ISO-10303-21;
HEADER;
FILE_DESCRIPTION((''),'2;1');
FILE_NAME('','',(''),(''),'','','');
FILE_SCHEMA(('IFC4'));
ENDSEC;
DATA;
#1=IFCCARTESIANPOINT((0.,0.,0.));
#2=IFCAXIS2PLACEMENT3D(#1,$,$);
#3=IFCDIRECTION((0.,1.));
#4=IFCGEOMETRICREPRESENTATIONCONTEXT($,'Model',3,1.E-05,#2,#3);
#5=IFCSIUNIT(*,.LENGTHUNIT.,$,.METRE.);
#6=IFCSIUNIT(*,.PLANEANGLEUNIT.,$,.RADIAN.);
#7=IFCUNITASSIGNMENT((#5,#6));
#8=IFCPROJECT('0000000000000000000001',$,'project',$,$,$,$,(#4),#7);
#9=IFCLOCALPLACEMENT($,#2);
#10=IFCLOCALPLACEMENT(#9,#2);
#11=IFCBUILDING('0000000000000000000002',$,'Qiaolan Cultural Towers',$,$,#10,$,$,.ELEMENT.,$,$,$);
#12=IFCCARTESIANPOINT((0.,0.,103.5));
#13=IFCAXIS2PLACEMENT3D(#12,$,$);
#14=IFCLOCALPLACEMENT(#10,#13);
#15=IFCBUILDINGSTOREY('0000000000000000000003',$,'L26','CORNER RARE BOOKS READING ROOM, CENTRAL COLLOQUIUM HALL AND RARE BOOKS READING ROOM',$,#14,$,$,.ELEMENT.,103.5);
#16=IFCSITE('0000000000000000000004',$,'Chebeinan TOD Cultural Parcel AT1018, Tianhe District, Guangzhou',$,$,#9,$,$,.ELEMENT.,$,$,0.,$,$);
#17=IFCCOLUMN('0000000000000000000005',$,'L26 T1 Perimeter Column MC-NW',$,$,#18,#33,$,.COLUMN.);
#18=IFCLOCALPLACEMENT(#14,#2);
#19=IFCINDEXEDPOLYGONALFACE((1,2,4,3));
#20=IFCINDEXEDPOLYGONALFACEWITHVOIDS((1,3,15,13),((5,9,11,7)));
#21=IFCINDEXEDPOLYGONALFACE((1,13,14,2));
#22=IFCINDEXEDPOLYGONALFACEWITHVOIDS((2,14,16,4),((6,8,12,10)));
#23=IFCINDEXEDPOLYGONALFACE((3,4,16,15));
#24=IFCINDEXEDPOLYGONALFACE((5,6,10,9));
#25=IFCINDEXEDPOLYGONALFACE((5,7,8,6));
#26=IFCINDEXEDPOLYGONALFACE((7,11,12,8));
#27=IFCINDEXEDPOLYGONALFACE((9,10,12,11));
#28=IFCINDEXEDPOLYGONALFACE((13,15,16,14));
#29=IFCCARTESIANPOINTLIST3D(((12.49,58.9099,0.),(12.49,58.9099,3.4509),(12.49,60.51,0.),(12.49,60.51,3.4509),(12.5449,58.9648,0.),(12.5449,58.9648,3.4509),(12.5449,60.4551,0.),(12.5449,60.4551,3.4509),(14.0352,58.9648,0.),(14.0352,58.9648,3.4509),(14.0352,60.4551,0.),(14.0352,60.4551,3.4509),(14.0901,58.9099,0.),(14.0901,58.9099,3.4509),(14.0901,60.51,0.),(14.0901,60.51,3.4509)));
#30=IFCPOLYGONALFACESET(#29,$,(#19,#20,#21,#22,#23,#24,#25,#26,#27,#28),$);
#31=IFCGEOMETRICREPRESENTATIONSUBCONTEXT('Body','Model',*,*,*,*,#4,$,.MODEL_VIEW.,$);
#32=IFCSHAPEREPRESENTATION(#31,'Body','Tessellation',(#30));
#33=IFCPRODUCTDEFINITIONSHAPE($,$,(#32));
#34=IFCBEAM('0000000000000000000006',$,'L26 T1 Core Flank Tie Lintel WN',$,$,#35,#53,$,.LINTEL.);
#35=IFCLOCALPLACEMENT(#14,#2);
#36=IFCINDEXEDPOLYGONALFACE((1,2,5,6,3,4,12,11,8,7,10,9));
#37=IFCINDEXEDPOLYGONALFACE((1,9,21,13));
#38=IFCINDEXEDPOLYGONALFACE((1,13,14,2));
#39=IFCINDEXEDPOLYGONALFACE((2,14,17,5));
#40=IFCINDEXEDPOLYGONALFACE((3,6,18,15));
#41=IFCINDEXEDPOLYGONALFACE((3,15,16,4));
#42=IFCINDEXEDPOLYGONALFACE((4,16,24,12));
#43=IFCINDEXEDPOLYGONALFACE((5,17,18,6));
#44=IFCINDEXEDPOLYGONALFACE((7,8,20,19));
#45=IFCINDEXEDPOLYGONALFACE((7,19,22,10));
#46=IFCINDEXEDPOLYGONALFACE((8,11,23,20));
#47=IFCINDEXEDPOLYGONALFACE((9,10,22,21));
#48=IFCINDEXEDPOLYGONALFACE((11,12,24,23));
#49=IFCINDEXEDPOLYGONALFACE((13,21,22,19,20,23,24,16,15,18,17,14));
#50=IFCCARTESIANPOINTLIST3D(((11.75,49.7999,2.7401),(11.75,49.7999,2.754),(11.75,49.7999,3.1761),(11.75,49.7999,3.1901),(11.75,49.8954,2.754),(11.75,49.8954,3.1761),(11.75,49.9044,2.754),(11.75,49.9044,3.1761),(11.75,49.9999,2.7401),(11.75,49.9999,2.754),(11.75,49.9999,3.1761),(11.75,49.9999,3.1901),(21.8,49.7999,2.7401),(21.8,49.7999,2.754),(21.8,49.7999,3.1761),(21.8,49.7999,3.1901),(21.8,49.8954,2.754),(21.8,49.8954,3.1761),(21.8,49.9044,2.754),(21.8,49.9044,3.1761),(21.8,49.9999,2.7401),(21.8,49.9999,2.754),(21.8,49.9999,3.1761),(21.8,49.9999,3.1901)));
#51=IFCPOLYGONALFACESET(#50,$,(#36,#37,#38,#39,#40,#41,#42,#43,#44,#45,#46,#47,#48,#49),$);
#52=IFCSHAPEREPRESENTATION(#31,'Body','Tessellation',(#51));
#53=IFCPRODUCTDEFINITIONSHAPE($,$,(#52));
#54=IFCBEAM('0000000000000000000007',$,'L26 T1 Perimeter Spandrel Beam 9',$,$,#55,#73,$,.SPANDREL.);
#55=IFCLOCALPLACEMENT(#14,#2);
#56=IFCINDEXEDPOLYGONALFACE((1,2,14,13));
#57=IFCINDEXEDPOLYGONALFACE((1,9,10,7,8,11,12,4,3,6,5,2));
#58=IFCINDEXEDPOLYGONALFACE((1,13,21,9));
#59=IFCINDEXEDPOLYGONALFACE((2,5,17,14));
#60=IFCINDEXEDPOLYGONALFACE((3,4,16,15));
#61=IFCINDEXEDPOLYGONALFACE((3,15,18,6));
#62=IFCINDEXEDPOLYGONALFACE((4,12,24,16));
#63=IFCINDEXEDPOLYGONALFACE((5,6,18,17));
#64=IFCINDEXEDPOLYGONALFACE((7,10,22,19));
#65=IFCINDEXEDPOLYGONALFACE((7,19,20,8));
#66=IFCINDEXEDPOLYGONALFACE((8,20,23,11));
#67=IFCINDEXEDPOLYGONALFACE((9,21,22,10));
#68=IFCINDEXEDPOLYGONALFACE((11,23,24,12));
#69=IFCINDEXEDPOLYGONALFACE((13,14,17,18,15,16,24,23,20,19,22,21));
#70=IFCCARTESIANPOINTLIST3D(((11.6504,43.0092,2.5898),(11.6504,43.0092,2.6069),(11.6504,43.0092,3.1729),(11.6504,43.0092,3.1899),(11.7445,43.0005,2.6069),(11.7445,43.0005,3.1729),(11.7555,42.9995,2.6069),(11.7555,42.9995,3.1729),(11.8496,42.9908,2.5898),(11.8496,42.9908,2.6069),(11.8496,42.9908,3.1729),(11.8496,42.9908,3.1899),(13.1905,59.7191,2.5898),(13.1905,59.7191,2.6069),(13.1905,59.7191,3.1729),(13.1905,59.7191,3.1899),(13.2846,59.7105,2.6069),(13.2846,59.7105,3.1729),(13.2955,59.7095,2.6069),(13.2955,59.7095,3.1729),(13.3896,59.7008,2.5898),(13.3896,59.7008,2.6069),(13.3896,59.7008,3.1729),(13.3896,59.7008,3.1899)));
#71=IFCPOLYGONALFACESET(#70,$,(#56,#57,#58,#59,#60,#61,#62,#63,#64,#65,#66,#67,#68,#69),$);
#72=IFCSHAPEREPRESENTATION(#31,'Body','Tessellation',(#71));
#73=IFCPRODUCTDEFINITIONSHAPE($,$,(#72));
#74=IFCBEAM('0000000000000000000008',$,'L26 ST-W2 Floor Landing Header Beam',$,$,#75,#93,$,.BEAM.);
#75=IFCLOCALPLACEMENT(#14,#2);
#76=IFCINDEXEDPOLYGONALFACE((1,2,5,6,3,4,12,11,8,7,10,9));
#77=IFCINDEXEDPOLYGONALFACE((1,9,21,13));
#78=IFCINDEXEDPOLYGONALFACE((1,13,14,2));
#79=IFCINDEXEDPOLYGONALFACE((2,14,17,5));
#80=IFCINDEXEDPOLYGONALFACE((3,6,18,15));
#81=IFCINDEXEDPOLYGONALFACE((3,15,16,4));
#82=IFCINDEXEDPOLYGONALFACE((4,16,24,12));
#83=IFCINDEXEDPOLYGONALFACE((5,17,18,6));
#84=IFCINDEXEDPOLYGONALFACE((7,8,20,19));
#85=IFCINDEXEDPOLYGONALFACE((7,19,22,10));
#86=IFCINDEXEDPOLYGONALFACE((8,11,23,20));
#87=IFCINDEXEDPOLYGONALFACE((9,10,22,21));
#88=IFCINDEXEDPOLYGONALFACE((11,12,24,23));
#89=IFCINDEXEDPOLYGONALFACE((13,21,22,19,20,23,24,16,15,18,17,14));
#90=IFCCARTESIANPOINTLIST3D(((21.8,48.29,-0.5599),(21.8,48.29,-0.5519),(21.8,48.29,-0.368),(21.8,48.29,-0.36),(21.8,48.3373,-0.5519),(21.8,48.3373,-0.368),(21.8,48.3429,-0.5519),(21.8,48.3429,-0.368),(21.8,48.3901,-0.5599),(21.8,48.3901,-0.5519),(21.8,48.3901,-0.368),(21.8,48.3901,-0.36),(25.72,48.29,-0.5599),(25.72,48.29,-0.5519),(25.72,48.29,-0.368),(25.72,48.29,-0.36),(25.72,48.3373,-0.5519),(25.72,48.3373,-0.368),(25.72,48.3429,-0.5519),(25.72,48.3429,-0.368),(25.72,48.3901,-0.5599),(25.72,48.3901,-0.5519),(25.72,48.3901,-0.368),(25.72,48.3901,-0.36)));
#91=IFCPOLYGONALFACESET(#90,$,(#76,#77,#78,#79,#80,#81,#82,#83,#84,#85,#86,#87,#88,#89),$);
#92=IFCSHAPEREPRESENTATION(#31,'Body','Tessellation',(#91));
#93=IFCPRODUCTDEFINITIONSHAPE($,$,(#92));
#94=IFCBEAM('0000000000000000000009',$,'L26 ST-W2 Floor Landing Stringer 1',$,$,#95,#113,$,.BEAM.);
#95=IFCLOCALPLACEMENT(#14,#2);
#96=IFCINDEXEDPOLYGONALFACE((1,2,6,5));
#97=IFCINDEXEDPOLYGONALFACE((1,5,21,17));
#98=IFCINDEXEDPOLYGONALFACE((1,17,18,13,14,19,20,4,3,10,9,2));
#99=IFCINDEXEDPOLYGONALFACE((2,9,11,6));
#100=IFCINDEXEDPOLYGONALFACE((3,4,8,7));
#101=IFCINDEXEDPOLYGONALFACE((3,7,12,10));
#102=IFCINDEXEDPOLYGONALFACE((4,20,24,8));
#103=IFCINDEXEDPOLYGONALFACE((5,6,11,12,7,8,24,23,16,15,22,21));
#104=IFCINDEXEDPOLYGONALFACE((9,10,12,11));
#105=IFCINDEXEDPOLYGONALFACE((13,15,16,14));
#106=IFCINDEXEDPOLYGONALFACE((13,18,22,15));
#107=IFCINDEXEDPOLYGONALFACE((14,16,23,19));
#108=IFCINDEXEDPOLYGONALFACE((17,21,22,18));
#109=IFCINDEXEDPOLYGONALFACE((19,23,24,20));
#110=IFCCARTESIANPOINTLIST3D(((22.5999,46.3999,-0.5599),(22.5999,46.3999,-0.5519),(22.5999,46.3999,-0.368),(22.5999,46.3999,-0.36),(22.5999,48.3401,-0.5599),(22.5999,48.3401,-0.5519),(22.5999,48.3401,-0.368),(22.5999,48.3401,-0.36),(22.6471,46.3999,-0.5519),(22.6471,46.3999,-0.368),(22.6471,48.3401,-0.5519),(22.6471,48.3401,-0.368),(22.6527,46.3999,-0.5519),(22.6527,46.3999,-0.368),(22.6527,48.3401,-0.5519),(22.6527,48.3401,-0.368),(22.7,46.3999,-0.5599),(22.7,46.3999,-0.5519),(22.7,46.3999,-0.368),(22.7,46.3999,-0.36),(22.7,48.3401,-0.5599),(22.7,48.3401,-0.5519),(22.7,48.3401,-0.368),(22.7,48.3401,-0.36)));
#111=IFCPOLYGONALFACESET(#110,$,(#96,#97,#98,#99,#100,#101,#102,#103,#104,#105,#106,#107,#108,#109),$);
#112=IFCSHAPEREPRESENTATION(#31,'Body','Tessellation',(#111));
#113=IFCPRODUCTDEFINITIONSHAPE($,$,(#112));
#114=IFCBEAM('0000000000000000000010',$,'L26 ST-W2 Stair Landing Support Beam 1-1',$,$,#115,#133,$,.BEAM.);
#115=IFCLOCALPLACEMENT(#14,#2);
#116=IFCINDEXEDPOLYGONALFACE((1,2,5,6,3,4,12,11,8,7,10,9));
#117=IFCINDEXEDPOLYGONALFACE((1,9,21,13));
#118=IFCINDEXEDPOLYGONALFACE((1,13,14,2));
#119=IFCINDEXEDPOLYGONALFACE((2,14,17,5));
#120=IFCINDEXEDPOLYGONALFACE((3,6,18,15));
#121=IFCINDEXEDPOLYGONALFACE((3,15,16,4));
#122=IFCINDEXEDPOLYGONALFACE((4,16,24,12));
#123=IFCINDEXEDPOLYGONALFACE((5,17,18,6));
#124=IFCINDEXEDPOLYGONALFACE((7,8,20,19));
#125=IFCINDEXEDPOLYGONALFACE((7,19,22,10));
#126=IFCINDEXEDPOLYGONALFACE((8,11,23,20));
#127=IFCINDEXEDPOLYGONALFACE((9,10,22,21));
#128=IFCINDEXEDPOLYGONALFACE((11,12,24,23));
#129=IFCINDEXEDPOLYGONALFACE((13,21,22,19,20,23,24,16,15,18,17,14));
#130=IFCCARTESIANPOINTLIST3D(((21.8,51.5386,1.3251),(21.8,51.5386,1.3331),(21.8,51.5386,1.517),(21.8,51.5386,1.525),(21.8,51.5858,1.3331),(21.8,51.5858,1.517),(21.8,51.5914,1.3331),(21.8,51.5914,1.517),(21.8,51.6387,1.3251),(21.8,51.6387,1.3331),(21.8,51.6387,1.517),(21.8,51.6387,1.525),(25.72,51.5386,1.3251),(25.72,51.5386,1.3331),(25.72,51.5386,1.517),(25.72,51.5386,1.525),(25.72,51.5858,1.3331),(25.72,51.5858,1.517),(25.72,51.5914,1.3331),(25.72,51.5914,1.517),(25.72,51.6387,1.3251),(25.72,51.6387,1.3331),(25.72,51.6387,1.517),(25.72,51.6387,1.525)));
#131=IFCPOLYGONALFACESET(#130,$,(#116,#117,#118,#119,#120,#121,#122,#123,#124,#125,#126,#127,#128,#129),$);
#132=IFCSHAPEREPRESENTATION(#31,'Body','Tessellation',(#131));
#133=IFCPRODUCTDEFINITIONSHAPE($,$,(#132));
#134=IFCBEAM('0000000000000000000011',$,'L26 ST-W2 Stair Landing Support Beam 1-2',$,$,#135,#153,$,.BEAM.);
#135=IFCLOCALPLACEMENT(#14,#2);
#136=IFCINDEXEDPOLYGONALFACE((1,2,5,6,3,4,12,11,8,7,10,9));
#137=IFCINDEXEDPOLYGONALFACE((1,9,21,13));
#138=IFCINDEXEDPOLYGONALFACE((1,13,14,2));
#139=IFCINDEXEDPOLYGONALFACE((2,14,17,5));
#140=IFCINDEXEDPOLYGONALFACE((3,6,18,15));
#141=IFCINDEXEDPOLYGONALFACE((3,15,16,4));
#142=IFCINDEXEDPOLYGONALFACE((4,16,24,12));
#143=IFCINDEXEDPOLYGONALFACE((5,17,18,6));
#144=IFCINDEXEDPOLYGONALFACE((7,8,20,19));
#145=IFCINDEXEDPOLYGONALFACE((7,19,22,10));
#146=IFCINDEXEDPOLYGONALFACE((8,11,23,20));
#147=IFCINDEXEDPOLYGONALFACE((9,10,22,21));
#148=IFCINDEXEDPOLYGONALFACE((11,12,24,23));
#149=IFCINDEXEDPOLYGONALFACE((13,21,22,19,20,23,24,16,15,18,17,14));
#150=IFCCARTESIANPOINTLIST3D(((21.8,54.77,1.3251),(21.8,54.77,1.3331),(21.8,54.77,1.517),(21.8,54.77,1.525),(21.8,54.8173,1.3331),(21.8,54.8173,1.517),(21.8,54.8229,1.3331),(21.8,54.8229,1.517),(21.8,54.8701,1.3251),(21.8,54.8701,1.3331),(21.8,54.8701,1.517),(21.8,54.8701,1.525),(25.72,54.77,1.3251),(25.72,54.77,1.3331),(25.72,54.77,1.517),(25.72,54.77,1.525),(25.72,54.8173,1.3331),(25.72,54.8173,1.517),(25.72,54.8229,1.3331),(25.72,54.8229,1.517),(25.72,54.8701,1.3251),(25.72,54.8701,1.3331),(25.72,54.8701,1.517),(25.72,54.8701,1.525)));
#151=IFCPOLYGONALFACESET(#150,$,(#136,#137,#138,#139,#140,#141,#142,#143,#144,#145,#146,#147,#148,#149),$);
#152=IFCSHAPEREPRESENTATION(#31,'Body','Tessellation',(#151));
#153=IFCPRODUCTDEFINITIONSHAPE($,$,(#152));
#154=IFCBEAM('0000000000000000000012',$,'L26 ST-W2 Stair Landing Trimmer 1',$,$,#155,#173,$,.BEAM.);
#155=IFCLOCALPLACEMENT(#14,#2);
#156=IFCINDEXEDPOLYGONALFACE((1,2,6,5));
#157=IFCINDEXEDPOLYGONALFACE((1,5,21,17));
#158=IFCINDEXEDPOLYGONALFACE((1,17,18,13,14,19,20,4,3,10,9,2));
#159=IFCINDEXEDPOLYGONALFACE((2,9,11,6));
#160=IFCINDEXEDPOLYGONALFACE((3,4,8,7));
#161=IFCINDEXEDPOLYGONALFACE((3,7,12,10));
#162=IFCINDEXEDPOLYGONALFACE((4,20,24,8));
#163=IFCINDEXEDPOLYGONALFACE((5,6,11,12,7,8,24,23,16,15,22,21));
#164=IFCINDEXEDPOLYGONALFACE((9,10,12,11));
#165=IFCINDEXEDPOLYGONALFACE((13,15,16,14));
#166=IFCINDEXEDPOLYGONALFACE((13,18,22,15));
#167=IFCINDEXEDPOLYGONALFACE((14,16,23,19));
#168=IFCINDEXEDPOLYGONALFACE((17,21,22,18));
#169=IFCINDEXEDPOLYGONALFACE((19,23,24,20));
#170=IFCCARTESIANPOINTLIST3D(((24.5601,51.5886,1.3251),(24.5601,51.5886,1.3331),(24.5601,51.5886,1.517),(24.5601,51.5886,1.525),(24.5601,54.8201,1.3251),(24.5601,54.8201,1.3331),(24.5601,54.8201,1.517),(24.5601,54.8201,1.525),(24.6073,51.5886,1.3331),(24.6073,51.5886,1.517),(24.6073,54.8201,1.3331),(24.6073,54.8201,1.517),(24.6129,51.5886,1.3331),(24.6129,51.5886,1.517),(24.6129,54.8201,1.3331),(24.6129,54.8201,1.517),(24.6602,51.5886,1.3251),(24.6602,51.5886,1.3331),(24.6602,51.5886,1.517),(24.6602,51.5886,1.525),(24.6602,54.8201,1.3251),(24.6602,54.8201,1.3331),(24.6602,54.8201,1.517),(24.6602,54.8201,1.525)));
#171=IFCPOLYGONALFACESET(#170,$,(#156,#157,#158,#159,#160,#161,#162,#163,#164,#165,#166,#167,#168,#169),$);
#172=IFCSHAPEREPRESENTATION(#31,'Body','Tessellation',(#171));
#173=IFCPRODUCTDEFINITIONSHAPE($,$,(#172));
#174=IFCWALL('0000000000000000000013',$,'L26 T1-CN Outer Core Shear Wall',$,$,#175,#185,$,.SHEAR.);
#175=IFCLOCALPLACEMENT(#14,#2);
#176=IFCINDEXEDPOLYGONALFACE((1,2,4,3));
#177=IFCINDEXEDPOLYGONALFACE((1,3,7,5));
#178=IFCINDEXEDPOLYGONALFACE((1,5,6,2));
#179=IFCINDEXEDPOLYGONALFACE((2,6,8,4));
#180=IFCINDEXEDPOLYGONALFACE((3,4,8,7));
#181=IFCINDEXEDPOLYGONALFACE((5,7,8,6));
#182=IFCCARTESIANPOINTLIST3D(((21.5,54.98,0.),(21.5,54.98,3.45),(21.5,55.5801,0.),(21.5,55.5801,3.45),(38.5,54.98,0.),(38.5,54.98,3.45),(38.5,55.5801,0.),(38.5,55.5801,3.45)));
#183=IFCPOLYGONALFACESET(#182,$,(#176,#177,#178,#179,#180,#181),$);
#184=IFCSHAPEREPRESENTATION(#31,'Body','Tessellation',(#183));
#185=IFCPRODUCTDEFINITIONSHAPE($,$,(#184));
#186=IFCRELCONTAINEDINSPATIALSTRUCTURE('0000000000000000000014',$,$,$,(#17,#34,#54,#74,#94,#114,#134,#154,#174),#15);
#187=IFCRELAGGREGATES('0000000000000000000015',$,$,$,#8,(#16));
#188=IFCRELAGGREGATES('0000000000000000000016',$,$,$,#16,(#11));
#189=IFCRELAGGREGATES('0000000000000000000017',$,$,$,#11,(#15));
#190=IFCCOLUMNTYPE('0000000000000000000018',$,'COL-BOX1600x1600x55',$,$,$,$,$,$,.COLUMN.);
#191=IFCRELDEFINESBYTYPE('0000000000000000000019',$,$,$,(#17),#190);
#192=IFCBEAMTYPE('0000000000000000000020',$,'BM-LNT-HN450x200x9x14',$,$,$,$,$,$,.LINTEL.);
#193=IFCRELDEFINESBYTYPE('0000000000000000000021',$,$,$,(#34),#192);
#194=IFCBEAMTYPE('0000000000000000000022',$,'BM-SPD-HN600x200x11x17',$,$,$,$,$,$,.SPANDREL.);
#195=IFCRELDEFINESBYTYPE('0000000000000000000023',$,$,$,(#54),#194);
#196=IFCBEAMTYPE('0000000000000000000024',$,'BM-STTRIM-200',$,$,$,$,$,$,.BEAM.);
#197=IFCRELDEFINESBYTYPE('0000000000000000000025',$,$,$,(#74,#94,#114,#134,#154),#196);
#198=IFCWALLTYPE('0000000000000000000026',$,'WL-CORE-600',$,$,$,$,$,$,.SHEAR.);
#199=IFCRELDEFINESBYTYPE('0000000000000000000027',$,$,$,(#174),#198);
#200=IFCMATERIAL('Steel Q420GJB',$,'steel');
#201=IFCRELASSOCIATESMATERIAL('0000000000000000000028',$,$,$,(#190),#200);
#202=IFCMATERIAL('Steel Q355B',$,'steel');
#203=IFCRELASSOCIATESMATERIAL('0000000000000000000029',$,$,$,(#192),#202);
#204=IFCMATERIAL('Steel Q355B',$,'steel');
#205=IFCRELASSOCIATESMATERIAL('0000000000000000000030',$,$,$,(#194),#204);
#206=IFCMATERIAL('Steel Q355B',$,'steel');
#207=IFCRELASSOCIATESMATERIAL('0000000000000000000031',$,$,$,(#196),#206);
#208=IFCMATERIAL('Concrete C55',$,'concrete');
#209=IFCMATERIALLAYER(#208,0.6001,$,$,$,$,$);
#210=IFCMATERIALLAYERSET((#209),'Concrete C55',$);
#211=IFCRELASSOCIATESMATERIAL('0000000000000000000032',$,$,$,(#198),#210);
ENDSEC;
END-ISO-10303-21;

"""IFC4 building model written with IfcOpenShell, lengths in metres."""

from ifc_helpers import new_model, si_unit, direction, frame, frame_2d, origin, origin_2d, place, context, subcontext, project, spatial, rectangle, hollow_rectangle, i_section, extrude, material, layer, layer_set, material_profile, profile_set, type_object, element, save


model = new_model("IFC4")

# Units and contexts
model_context = context("Model", 3, precision=1e-05, world=origin(), true_north=direction((0.0, 1.0)))
body_context = subcontext(model_context, "Body", "Model", "MODEL_VIEW")
ifc_project = project(units=[si_unit("LENGTHUNIT", "METRE"), si_unit("PLANEANGLEUNIT", "RADIAN")], contexts=[model_context])

# Site, building, storey
site_placement = place(None, origin())
site = spatial("IfcSite", under=ifc_project, at=site_placement, Name="Chebeinan TOD Cultural Parcel AT1018, Tianhe District, Guangzhou", CompositionType="ELEMENT", RefElevation=0.0)
building_placement = place(site_placement, origin())
building = spatial("IfcBuilding", under=site, at=building_placement, Name="Qiaolan Cultural Towers", CompositionType="ELEMENT")
storey_placement = place(building_placement, frame((0.0, 0.0, 103.5)))
storey = spatial("IfcBuildingStorey", under=building, at=storey_placement, Name="L26", Description="CORNER RARE BOOKS READING ROOM, CENTRAL COLLOQUIUM HALL AND RARE BOOKS READING ROOM", CompositionType="ELEMENT", Elevation=103.5)

# Column
ifc_material_1 = material(Name="Steel Q420GJB", Category="steel")
ifc_material_profile_1 = material_profile(ifc_material_1, hollow_rectangle(XDim=1.6001, YDim=1.6001, WallThickness=0.0549, at=origin_2d()), Name="BOX1600x1600x55")
ifc_profile_set_1 = profile_set([ifc_material_profile_1], Name="Steel Q420GJB")
column_type = type_object("IfcColumnType", Name="COL-BOX1600x1600x55", PredefinedType="COLUMN", material=ifc_profile_set_1)
column_placement = place(storey_placement, frame((13.29, 59.71, 0.0), z_axis=(0.0, 0.0, 1.0), x_axis=(1.0, 0.0, 0.0)))
element("IfcColumn", 1, at=column_placement, inside=storey, type_object=column_type, Name="L26 T1 Perimeter Column MC-NW", PredefinedType="COLUMN", context=body_context, shape_type="SweptSolid", body=[
    extrude(hollow_rectangle(XDim=1.6001, YDim=1.6001, WallThickness=0.0549, at=origin_2d()), origin(), (0.0, 0.0, 1.0), 3.4509),
])

# Beams
ifc_material_2 = material(Name="Steel Q355B", Category="steel")
ifc_material_profile_2 = material_profile(ifc_material_2, i_section(OverallWidth=0.2, OverallDepth=0.45, WebThickness=0.009, FlangeThickness=0.0139, at=origin_2d()), Name="HN450x200x9x14")
ifc_profile_set_2 = profile_set([ifc_material_profile_2], Name="Steel Q355B")
beam_type_1 = type_object("IfcBeamType", Name="BM-LNT-HN450x200x9x14", PredefinedType="LINTEL", material=ifc_profile_set_2)
beam_1_placement = place(storey_placement, frame((21.8, 49.8999, 2.9651), z_axis=(-1.0, 0.0, 0.0), x_axis=(0.0, -1.0, 0.0)))
element("IfcBeam", 2, at=beam_1_placement, inside=storey, type_object=beam_type_1, Name="L26 T1 Core Flank Tie Lintel WN", PredefinedType="LINTEL", context=body_context, shape_type="SweptSolid", body=[
    extrude(i_section(OverallWidth=0.2, OverallDepth=0.45, WebThickness=0.009, FlangeThickness=0.0139, at=origin_2d()), origin(), (0.0, 0.0, 1.0), 10.05),
])
ifc_material_3 = material(Name="Steel Q355B", Category="steel")
ifc_material_profile_3 = material_profile(ifc_material_3, i_section(OverallWidth=0.2, OverallDepth=0.6001, WebThickness=0.011, FlangeThickness=0.0171, at=origin_2d()), Name="HN600x200x11x17")
ifc_profile_set_3 = profile_set([ifc_material_profile_3], Name="Steel Q355B")
beam_type_2 = type_object("IfcBeamType", Name="BM-SPD-HN600x200x11x17", PredefinedType="SPANDREL", material=ifc_profile_set_3)
beam_2_placement = place(storey_placement, frame((13.29, 59.71, 2.8899), z_axis=(-0.091774, -0.99578, 0.0), x_axis=(0.99578, -0.091774, 0.0)))
element("IfcBeam", 3, at=beam_2_placement, inside=storey, type_object=beam_type_2, Name="L26 T1 Perimeter Spandrel Beam 9", PredefinedType="SPANDREL", context=body_context, shape_type="SweptSolid", body=[
    extrude(i_section(OverallWidth=0.2, OverallDepth=0.6001, WebThickness=0.011, FlangeThickness=0.0171, at=origin_2d()), origin(), (0.0, 0.0, 1.0), 16.7808),
])
ifc_material_4 = material(Name="Steel Q355B", Category="steel")
ifc_material_profile_4 = material_profile(ifc_material_4, i_section(OverallWidth=0.1001, OverallDepth=0.2, WebThickness=0.0056, FlangeThickness=0.0081, at=origin_2d()), Name="HN200x100x5.5x8")
ifc_profile_set_4 = profile_set([ifc_material_profile_4], Name="Steel Q355B")
beam_type_3 = type_object("IfcBeamType", Name="BM-STTRIM-200", PredefinedType="BEAM", material=ifc_profile_set_4)
beam_3_placement = place(storey_placement, frame((21.8, 48.3401, -0.46), z_axis=(1.0, 0.0, 0.0), x_axis=(0.0, 1.0, 0.0)))
element("IfcBeam", 4, at=beam_3_placement, inside=storey, type_object=beam_type_3, Name="L26 ST-W2 Floor Landing Header Beam", PredefinedType="BEAM", context=body_context, shape_type="SweptSolid", body=[
    extrude(i_section(OverallWidth=0.1001, OverallDepth=0.2, WebThickness=0.0056, FlangeThickness=0.0081, at=origin_2d()), origin(), (0.0, 0.0, 1.0), 3.9199),
])
beam_4_placement = place(storey_placement, frame((22.6499, 46.3999, -0.46), z_axis=(0.0, 1.0, 0.0), x_axis=(-1.0, 0.0, 0.0)))
element("IfcBeam", 5, at=beam_4_placement, inside=storey, type_object=beam_type_3, Name="L26 ST-W2 Floor Landing Stringer 1", PredefinedType="BEAM", context=body_context, shape_type="SweptSolid", body=[
    extrude(i_section(OverallWidth=0.1001, OverallDepth=0.2, WebThickness=0.0056, FlangeThickness=0.0081, at=origin_2d()), origin(), (0.0, 0.0, 1.0), 1.9402),
])
for number, where, z_axis, x_axis, name in (
    (6, (21.8, 51.5886, 1.425), (1.0, 0.0, 0.0), (0.0, 1.0, 0.0), "L26 ST-W2 Stair Landing Support Beam 1-1"),
    (7, (21.8, 54.8201, 1.425), (1.0, 0.0, 0.0), (0.0, 1.0, 0.0), "L26 ST-W2 Stair Landing Support Beam 1-2"),
):
    element("IfcBeam", number, at=place(storey_placement, frame(where, z_axis=z_axis, x_axis=x_axis)), inside=storey, type_object=beam_type_3, Name=name, PredefinedType="BEAM", context=body_context, shape_type="SweptSolid", body=[
        extrude(i_section(OverallWidth=0.1001, OverallDepth=0.2, WebThickness=0.0056, FlangeThickness=0.0081, at=origin_2d()), origin(), (0.0, 0.0, 1.0), 3.9199),
    ])
beam_5_placement = place(storey_placement, frame((24.6101, 51.5886, 1.425), z_axis=(0.0, 1.0, 0.0), x_axis=(-1.0, 0.0, 0.0)))
element("IfcBeam", 8, at=beam_5_placement, inside=storey, type_object=beam_type_3, Name="L26 ST-W2 Stair Landing Trimmer 1", PredefinedType="BEAM", context=body_context, shape_type="SweptSolid", body=[
    extrude(i_section(OverallWidth=0.1001, OverallDepth=0.2, WebThickness=0.0056, FlangeThickness=0.0081, at=origin_2d()), origin(), (0.0, 0.0, 1.0), 3.2314),
])

# Wall
ifc_material_5 = material(Name="Concrete C55", Category="concrete")
ifc_layer_1 = layer(ifc_material_5, 0.6001)
ifc_layer_set_1 = layer_set([ifc_layer_1], Name="Concrete C55")
wall_type_1 = type_object("IfcWallType", Name="WL-CORE-600", PredefinedType="SHEAR", material=ifc_layer_set_1)
wall_1_placement = place(storey_placement, frame((21.5, 55.28, 0.0), z_axis=(0.0, 0.0, 1.0), x_axis=(1.0, 0.0, 0.0)))
element("IfcWall", 9, at=wall_1_placement, inside=storey, type_object=wall_type_1, Name="L26 T1-CN Outer Core Shear Wall", PredefinedType="SHEAR", context=body_context, shape_type="SweptSolid", body=[
    extrude(rectangle(XDim=17.0, YDim=0.6001, at=frame_2d((8.5, 0.0))), origin(), (0.0, 0.0, 1.0), 3.45),
])

save(model, "model.ifc")
